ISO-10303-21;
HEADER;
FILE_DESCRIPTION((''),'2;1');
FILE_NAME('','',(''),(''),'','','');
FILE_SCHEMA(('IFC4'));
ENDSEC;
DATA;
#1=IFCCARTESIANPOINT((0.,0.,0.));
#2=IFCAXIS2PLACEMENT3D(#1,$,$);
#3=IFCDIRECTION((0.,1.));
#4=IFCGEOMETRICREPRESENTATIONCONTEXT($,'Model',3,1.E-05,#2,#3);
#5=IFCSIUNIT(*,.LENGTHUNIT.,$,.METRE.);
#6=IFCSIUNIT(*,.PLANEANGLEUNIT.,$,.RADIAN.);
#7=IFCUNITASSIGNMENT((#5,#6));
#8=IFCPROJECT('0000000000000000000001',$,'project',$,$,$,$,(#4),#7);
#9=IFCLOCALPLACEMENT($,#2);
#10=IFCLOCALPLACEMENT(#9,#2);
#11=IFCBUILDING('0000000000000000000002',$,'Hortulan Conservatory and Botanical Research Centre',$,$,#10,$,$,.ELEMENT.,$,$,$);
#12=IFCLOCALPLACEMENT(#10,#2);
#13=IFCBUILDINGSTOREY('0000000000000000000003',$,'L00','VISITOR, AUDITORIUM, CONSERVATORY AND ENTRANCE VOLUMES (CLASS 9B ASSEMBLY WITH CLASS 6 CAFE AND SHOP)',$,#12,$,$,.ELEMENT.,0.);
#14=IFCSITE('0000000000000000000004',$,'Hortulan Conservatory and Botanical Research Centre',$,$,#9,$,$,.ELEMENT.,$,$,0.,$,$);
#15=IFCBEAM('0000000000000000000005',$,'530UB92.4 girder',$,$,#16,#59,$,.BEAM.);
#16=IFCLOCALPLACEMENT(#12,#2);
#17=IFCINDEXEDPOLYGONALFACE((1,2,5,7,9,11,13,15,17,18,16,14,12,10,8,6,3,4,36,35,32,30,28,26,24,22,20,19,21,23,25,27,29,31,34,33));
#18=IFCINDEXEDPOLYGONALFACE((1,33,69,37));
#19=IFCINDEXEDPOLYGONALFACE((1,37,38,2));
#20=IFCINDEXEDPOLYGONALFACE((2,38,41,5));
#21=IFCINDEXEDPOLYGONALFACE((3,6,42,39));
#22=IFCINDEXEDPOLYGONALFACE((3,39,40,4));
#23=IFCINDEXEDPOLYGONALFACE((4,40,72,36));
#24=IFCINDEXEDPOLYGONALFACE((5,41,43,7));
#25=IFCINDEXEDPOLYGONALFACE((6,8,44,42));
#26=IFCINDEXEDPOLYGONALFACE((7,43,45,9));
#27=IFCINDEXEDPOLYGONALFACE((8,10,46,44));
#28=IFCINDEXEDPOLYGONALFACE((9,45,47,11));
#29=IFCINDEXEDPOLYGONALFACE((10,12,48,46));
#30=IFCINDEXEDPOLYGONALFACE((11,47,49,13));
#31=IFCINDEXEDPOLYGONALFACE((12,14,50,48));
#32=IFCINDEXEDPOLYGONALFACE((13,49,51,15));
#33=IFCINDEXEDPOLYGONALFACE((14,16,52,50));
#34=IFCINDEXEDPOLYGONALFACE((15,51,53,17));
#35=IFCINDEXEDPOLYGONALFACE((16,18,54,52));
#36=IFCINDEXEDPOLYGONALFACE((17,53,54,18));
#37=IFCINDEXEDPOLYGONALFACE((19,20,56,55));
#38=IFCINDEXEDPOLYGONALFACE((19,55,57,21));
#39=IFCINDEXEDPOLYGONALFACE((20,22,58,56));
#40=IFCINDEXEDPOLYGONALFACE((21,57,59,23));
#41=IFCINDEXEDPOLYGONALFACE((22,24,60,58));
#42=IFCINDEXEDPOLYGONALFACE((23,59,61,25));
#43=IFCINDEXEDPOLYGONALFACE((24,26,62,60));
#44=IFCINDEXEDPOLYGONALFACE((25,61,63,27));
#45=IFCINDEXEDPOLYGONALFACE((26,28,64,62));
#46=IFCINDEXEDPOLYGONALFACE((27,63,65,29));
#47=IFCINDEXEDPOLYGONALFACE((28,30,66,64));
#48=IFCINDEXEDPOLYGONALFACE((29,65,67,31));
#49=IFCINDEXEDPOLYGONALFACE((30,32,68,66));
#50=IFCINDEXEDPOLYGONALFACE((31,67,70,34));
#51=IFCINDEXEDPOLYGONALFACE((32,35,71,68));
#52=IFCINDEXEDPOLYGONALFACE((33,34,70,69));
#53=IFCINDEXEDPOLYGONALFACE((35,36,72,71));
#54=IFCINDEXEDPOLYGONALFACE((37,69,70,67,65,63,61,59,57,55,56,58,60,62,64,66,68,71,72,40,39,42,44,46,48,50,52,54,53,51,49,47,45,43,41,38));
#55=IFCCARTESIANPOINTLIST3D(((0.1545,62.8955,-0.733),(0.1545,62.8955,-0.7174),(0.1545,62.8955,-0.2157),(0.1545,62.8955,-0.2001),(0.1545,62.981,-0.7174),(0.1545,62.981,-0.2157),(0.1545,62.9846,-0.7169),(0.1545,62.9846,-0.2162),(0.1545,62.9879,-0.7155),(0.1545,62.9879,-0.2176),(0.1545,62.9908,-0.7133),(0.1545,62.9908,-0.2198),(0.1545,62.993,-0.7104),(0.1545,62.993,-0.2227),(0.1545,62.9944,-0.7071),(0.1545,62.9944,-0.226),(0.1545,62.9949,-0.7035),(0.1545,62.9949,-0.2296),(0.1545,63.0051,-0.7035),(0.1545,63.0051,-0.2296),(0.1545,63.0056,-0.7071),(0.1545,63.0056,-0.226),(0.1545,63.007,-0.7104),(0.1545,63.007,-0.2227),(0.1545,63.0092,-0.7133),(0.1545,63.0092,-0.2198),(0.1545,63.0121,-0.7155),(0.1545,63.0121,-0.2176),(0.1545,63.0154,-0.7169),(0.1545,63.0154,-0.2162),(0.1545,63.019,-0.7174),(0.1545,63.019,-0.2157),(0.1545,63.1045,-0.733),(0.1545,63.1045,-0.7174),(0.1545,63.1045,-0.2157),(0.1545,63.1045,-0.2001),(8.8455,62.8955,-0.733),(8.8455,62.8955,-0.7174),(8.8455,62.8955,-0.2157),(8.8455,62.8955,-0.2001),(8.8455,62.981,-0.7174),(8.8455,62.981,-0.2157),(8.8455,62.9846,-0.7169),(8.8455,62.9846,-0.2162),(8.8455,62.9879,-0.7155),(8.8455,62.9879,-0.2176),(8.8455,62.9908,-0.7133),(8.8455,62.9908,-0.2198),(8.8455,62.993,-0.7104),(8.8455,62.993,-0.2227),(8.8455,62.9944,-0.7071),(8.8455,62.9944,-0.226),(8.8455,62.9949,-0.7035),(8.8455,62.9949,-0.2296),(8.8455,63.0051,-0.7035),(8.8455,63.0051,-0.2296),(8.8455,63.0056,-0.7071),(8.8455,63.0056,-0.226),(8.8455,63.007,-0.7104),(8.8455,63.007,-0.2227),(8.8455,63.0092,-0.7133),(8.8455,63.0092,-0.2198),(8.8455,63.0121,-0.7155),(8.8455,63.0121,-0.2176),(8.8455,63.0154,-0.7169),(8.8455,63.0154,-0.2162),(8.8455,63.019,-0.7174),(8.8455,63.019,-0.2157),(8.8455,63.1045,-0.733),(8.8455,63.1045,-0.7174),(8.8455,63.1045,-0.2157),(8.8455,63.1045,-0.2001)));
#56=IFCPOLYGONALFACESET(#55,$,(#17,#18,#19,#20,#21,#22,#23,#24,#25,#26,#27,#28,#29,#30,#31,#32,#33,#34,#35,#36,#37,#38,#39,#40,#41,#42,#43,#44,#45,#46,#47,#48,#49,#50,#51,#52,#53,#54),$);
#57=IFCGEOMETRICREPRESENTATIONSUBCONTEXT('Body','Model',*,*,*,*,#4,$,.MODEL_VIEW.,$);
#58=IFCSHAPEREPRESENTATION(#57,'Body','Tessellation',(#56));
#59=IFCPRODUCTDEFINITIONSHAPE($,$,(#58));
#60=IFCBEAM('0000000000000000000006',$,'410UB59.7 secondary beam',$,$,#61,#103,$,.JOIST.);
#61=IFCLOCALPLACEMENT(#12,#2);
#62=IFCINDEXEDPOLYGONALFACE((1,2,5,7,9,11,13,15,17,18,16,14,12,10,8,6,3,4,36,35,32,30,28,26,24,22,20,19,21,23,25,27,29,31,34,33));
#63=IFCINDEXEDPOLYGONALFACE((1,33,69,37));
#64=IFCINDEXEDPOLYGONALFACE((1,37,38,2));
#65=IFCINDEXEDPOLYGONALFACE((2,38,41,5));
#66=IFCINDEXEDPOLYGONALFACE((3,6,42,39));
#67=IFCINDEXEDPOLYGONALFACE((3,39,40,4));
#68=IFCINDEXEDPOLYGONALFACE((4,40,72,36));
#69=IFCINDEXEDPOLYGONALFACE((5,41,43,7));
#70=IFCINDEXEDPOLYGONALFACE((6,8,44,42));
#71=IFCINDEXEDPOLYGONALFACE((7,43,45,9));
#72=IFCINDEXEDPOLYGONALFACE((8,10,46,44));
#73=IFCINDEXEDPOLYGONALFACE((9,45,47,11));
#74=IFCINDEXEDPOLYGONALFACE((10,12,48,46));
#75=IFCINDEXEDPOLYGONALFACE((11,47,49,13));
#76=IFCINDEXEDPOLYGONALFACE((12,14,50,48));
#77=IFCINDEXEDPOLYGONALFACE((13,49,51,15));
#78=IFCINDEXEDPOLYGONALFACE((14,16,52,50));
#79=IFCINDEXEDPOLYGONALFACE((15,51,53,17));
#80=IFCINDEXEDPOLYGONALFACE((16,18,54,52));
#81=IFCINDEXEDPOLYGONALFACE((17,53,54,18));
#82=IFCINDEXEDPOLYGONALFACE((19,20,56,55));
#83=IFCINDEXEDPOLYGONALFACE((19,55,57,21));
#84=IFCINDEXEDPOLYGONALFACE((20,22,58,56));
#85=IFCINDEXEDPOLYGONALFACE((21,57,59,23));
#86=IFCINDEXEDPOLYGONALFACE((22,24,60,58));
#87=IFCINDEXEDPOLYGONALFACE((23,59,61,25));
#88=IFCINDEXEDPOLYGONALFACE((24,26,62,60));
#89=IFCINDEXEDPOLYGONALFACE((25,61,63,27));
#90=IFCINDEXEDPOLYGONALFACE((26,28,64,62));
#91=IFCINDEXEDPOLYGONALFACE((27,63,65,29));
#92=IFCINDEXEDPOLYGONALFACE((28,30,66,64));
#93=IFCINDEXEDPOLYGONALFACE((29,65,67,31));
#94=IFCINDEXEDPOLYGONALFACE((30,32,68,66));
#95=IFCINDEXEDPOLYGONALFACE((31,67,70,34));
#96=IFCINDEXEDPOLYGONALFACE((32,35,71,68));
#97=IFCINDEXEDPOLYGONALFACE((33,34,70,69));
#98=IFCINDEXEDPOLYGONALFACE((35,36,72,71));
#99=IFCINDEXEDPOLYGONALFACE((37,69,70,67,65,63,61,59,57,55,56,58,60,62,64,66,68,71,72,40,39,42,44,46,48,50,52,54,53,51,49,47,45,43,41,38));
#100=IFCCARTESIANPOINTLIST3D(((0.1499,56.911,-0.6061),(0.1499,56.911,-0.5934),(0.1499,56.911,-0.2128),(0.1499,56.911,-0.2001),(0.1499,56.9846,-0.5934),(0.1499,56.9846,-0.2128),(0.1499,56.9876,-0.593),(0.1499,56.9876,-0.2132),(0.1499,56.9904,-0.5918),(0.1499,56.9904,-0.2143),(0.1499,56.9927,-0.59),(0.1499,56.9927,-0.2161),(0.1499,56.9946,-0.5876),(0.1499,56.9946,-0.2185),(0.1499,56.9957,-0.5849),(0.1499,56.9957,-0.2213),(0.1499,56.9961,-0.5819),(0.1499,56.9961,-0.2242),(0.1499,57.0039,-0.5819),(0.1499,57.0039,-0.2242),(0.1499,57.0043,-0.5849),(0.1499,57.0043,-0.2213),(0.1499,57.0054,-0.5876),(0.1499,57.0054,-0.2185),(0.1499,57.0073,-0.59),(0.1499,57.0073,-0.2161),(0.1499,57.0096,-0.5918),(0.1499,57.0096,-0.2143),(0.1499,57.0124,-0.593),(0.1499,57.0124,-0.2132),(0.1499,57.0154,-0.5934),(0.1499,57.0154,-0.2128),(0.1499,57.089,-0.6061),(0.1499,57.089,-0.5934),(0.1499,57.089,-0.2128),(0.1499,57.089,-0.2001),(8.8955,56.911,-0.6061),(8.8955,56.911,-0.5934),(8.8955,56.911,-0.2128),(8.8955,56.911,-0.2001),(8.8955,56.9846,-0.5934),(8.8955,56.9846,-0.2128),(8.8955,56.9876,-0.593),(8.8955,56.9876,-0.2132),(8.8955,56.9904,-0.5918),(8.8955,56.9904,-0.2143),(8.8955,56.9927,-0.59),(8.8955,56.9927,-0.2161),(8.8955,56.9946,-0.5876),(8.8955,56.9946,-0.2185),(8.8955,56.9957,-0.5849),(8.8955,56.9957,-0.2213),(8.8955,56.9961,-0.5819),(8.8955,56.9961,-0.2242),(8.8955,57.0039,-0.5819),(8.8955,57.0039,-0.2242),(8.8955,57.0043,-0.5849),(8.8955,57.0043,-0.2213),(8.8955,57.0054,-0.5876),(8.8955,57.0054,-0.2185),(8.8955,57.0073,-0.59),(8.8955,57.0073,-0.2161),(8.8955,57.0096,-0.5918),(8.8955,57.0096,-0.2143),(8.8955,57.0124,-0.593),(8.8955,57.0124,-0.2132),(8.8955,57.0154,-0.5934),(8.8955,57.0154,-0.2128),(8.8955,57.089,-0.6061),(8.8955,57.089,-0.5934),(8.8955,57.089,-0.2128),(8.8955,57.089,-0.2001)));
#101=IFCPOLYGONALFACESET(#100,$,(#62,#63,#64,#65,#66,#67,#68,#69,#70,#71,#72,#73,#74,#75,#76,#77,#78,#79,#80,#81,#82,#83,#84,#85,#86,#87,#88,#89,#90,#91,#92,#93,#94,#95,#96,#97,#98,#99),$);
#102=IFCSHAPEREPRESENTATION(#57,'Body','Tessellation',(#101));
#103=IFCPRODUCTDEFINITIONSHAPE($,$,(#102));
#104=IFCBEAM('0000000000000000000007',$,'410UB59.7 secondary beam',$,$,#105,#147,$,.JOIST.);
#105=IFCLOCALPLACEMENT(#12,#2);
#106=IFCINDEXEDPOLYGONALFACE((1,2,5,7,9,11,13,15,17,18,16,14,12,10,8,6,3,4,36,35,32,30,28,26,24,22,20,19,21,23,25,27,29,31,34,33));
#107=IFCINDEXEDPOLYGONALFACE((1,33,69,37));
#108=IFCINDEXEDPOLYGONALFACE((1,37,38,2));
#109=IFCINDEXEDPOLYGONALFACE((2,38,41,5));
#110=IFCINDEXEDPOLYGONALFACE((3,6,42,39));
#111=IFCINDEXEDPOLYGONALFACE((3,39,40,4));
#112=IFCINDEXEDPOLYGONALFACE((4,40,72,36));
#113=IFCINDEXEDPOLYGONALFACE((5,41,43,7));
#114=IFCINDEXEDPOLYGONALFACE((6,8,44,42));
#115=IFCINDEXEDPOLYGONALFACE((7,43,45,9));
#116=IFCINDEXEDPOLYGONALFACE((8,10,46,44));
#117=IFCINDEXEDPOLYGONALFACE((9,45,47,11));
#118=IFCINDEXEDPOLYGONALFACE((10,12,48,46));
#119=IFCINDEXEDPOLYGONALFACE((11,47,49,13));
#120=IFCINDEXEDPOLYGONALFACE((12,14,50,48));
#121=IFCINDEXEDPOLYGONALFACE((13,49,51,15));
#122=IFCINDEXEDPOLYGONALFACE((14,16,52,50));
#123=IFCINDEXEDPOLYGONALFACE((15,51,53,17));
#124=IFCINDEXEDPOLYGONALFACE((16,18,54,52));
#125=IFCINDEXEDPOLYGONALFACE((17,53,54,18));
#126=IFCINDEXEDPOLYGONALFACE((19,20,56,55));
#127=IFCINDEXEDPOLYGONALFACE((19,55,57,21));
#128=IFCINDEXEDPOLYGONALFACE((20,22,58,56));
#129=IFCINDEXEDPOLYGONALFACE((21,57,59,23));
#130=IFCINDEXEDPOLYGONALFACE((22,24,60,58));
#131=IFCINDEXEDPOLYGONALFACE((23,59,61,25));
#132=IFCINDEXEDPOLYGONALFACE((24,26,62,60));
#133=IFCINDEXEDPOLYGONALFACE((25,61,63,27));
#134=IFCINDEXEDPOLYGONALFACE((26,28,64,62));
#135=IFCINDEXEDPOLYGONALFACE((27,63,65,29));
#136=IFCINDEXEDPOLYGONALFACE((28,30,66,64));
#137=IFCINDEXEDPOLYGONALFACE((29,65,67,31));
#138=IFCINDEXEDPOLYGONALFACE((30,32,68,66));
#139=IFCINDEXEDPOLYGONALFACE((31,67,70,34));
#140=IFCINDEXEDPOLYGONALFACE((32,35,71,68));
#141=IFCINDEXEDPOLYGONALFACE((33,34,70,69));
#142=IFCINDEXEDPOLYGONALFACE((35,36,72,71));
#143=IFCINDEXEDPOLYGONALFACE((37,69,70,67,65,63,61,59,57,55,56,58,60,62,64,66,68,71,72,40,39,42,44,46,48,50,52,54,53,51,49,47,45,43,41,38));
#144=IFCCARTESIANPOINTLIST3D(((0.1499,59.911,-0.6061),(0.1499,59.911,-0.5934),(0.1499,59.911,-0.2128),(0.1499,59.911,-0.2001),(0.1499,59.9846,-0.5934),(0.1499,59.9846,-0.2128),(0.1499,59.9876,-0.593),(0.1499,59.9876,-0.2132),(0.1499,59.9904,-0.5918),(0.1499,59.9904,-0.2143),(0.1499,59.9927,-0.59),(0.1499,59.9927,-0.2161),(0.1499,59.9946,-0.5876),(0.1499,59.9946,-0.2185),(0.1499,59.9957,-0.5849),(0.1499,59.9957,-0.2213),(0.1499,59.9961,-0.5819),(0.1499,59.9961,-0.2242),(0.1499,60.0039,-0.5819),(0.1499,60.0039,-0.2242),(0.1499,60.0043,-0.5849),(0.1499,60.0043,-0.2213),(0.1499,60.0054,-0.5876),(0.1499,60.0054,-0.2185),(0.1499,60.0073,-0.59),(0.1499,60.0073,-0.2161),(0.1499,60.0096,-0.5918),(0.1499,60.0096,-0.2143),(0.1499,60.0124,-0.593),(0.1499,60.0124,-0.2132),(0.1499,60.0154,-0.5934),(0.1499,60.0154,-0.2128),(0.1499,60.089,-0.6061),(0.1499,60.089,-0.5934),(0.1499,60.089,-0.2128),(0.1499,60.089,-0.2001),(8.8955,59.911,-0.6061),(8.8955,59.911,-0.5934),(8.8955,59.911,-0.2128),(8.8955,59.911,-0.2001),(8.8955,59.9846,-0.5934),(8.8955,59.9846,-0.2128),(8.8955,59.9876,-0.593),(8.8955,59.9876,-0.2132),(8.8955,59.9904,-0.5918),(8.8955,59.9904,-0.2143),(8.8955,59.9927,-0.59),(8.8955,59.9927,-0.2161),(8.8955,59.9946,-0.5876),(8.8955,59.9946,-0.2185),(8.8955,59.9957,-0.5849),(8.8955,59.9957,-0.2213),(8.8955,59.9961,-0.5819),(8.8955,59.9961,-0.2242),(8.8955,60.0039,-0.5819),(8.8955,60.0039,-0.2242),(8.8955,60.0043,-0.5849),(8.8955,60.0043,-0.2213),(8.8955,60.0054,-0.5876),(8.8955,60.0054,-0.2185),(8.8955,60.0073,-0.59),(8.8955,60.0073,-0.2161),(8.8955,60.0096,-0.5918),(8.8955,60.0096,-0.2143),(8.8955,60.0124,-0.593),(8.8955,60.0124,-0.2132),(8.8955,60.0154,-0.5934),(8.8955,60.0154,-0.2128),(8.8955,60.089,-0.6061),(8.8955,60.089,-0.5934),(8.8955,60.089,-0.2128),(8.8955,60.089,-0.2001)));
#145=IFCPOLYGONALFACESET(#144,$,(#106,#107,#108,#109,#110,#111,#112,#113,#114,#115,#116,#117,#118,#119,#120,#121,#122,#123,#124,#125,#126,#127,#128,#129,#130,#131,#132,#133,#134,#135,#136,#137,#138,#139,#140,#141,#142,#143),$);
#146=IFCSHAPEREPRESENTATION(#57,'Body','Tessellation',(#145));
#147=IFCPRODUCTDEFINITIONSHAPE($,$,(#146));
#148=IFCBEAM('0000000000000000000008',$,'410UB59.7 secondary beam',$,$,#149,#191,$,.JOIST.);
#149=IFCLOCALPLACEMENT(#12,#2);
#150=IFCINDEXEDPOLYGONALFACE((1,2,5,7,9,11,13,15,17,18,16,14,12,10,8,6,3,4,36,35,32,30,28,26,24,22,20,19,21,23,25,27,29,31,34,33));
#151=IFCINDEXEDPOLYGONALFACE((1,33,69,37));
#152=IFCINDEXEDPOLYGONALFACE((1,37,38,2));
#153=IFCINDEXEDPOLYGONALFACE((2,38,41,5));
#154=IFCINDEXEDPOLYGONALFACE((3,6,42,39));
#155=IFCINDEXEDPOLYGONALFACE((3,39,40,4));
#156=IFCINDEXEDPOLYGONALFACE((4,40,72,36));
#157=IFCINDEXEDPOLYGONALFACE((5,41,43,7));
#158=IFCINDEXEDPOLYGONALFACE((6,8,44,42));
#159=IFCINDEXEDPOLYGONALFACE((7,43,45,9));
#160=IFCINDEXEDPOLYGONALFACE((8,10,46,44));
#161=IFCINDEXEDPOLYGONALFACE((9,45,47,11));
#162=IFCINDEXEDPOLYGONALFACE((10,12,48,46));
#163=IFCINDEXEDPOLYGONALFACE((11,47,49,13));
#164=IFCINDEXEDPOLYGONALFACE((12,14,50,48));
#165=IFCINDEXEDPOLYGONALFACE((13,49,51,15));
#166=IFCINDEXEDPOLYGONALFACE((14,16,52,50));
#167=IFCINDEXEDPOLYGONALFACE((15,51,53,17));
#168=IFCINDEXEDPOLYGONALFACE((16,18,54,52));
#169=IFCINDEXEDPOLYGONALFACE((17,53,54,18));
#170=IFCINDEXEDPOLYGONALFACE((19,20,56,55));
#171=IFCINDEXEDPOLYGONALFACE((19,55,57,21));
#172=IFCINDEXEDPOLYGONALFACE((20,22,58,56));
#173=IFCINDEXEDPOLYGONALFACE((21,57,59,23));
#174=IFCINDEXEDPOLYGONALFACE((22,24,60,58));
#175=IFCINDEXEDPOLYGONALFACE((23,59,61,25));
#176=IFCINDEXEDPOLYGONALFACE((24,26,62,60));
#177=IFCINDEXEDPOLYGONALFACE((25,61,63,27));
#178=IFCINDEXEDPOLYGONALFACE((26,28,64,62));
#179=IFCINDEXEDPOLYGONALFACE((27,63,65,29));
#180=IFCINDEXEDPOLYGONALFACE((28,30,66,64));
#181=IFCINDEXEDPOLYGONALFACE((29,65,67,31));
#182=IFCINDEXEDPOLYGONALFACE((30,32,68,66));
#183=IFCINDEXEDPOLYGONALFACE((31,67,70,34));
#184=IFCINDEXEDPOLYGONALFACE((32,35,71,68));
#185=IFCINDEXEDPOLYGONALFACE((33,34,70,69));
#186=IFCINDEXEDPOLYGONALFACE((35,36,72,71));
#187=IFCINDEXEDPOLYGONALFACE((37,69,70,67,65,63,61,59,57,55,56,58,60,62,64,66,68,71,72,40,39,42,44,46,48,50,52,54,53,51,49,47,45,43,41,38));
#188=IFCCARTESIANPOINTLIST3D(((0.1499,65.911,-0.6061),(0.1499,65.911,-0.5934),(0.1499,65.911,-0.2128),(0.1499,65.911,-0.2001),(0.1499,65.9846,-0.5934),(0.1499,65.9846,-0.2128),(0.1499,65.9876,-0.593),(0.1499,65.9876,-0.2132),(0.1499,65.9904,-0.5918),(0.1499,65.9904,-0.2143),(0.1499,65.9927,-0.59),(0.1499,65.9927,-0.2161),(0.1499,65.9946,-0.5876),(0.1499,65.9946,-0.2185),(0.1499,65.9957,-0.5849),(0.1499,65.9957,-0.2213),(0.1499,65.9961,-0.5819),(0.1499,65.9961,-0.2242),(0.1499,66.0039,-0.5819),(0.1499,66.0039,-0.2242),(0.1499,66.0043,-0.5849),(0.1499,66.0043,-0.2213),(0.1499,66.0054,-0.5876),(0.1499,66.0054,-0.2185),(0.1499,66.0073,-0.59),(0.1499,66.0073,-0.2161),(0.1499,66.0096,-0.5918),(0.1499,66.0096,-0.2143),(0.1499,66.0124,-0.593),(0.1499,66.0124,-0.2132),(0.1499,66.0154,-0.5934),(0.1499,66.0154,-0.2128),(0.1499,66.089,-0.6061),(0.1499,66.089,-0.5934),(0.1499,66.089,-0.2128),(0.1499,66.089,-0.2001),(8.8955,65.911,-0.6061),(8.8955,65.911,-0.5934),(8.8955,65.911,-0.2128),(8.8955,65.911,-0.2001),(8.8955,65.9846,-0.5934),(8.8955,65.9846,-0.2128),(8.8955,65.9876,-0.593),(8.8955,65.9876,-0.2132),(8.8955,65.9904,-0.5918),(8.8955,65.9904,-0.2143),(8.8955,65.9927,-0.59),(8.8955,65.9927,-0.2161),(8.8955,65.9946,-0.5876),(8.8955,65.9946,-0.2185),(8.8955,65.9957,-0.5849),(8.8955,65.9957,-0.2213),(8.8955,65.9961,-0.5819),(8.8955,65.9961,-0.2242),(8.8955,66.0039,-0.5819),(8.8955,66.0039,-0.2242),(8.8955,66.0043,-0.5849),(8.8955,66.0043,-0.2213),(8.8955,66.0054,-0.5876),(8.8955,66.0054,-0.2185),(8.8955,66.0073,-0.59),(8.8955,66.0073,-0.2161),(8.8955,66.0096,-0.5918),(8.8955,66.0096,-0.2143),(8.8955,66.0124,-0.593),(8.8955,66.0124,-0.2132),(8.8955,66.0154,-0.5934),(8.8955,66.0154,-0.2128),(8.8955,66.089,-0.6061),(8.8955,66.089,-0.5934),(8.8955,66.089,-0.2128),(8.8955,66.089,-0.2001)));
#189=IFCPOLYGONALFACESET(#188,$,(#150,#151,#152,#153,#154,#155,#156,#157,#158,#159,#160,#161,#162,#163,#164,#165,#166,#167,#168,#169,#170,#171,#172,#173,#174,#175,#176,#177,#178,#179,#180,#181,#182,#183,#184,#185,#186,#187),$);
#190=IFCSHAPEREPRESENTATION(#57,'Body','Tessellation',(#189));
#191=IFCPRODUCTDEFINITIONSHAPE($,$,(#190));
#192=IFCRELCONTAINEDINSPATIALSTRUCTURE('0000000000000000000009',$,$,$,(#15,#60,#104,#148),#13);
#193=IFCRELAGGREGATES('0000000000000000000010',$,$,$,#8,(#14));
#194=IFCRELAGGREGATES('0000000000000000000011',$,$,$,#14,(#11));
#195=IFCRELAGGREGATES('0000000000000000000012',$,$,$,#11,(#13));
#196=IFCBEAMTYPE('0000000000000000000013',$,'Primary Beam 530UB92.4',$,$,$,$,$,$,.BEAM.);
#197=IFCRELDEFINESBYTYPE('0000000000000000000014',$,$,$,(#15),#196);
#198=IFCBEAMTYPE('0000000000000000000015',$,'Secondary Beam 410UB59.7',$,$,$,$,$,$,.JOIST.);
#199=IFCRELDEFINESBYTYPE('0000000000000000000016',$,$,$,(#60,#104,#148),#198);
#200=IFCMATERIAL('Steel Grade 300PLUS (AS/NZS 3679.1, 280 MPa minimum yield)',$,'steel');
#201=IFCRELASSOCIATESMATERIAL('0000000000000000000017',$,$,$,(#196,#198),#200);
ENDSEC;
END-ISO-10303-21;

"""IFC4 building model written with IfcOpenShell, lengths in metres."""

from ifc_helpers import new_model, si_unit, direction, frame, origin, origin_2d, place, context, subcontext, project, spatial, i_section, extrude, material, material_profile, profile_set, type_object, element, save


model = new_model("IFC4")

# Units and contexts
model_context = context("Model", 3, precision=1e-05, world=origin(), true_north=direction((0.0, 1.0)))
body_context = subcontext(model_context, "Body", "Model", "MODEL_VIEW")
ifc_project = project(units=[si_unit("LENGTHUNIT", "METRE"), si_unit("PLANEANGLEUNIT", "RADIAN")], contexts=[model_context])

# Site, building, storey
site_placement = place(None, origin())
site = spatial("IfcSite", under=ifc_project, at=site_placement, Name="Hortulan Conservatory and Botanical Research Centre", CompositionType="ELEMENT", RefElevation=0.0)
building_placement = place(site_placement, origin())
building = spatial("IfcBuilding", under=site, at=building_placement, Name="Hortulan Conservatory and Botanical Research Centre", CompositionType="ELEMENT")
storey_placement = place(building_placement, origin())
storey = spatial("IfcBuildingStorey", under=building, at=storey_placement, Name="L00", Description="VISITOR, AUDITORIUM, CONSERVATORY AND ENTRANCE VOLUMES (CLASS 9B ASSEMBLY WITH CLASS 6 CAFE AND SHOP)", CompositionType="ELEMENT", Elevation=0.0)

# Shared definitions
ifc_material_1 = material(Name="Steel Grade 300PLUS (AS/NZS 3679.1, 280 MPa minimum yield)", Category="steel")

# Beams
ifc_material_profile_1 = material_profile(ifc_material_1, i_section(OverallWidth=0.209, OverallDepth=0.533, WebThickness=0.0103, FlangeThickness=0.0156, FilletRadius=0.0139, at=origin_2d()), Name="530UB92.4")
ifc_profile_set_1 = profile_set([ifc_material_profile_1], Name="Steel Grade 300PLUS (AS/NZS 3679.1, 280 MPa minimum yield)")
beam_type_1 = type_object("IfcBeamType", Name="Primary Beam 530UB92.4", PredefinedType="BEAM", material=ifc_profile_set_1)
beam_placement = place(storey_placement, frame((0.1545, 63.0, -0.4666), z_axis=(1.0, 0.0, 0.0), x_axis=(0.0, 1.0, 0.0)))
element("IfcBeam", 1, at=beam_placement, inside=storey, type_object=beam_type_1, Name="530UB92.4 girder", PredefinedType="BEAM", context=body_context, shape_type="SweptSolid", body=[
    extrude(i_section(OverallWidth=0.209, OverallDepth=0.533, WebThickness=0.0103, FlangeThickness=0.0156, FilletRadius=0.0139, at=origin_2d()), origin(), (0.0, 0.0, 1.0), 8.6909),
])
ifc_material_profile_2 = material_profile(ifc_material_1, i_section(OverallWidth=0.178, OverallDepth=0.406, WebThickness=0.0078, FlangeThickness=0.0127, FilletRadius=0.0115, at=origin_2d()), Name="410UB59.7")
ifc_profile_set_2 = profile_set([ifc_material_profile_2], Name="Steel Grade 300PLUS (AS/NZS 3679.1, 280 MPa minimum yield)")
beam_type_2 = type_object("IfcBeamType", Name="Secondary Beam 410UB59.7", PredefinedType="JOIST", material=ifc_profile_set_2)
for number, where, z_axis, x_axis, name in (
    (2, (0.1499, 57.0, -0.4031), (1.0, 0.0, 0.0), (0.0, 1.0, 0.0), "410UB59.7 secondary beam"),
    (3, (0.1499, 60.0, -0.4031), (1.0, 0.0, 0.0), (0.0, 1.0, 0.0), "410UB59.7 secondary beam"),
    (4, (0.1499, 66.0, -0.4031), (1.0, 0.0, 0.0), (0.0, 1.0, 0.0), "410UB59.7 secondary beam"),
):
    element("IfcBeam", number, at=place(storey_placement, frame(where, z_axis=z_axis, x_axis=x_axis)), inside=storey, type_object=beam_type_2, Name=name, PredefinedType="JOIST", context=body_context, shape_type="SweptSolid", body=[
        extrude(i_section(OverallWidth=0.178, OverallDepth=0.406, WebThickness=0.0078, FlangeThickness=0.0127, FilletRadius=0.0115, at=origin_2d()), origin(), (0.0, 0.0, 1.0), 8.7456),
    ])

save(model, "model.ifc")
